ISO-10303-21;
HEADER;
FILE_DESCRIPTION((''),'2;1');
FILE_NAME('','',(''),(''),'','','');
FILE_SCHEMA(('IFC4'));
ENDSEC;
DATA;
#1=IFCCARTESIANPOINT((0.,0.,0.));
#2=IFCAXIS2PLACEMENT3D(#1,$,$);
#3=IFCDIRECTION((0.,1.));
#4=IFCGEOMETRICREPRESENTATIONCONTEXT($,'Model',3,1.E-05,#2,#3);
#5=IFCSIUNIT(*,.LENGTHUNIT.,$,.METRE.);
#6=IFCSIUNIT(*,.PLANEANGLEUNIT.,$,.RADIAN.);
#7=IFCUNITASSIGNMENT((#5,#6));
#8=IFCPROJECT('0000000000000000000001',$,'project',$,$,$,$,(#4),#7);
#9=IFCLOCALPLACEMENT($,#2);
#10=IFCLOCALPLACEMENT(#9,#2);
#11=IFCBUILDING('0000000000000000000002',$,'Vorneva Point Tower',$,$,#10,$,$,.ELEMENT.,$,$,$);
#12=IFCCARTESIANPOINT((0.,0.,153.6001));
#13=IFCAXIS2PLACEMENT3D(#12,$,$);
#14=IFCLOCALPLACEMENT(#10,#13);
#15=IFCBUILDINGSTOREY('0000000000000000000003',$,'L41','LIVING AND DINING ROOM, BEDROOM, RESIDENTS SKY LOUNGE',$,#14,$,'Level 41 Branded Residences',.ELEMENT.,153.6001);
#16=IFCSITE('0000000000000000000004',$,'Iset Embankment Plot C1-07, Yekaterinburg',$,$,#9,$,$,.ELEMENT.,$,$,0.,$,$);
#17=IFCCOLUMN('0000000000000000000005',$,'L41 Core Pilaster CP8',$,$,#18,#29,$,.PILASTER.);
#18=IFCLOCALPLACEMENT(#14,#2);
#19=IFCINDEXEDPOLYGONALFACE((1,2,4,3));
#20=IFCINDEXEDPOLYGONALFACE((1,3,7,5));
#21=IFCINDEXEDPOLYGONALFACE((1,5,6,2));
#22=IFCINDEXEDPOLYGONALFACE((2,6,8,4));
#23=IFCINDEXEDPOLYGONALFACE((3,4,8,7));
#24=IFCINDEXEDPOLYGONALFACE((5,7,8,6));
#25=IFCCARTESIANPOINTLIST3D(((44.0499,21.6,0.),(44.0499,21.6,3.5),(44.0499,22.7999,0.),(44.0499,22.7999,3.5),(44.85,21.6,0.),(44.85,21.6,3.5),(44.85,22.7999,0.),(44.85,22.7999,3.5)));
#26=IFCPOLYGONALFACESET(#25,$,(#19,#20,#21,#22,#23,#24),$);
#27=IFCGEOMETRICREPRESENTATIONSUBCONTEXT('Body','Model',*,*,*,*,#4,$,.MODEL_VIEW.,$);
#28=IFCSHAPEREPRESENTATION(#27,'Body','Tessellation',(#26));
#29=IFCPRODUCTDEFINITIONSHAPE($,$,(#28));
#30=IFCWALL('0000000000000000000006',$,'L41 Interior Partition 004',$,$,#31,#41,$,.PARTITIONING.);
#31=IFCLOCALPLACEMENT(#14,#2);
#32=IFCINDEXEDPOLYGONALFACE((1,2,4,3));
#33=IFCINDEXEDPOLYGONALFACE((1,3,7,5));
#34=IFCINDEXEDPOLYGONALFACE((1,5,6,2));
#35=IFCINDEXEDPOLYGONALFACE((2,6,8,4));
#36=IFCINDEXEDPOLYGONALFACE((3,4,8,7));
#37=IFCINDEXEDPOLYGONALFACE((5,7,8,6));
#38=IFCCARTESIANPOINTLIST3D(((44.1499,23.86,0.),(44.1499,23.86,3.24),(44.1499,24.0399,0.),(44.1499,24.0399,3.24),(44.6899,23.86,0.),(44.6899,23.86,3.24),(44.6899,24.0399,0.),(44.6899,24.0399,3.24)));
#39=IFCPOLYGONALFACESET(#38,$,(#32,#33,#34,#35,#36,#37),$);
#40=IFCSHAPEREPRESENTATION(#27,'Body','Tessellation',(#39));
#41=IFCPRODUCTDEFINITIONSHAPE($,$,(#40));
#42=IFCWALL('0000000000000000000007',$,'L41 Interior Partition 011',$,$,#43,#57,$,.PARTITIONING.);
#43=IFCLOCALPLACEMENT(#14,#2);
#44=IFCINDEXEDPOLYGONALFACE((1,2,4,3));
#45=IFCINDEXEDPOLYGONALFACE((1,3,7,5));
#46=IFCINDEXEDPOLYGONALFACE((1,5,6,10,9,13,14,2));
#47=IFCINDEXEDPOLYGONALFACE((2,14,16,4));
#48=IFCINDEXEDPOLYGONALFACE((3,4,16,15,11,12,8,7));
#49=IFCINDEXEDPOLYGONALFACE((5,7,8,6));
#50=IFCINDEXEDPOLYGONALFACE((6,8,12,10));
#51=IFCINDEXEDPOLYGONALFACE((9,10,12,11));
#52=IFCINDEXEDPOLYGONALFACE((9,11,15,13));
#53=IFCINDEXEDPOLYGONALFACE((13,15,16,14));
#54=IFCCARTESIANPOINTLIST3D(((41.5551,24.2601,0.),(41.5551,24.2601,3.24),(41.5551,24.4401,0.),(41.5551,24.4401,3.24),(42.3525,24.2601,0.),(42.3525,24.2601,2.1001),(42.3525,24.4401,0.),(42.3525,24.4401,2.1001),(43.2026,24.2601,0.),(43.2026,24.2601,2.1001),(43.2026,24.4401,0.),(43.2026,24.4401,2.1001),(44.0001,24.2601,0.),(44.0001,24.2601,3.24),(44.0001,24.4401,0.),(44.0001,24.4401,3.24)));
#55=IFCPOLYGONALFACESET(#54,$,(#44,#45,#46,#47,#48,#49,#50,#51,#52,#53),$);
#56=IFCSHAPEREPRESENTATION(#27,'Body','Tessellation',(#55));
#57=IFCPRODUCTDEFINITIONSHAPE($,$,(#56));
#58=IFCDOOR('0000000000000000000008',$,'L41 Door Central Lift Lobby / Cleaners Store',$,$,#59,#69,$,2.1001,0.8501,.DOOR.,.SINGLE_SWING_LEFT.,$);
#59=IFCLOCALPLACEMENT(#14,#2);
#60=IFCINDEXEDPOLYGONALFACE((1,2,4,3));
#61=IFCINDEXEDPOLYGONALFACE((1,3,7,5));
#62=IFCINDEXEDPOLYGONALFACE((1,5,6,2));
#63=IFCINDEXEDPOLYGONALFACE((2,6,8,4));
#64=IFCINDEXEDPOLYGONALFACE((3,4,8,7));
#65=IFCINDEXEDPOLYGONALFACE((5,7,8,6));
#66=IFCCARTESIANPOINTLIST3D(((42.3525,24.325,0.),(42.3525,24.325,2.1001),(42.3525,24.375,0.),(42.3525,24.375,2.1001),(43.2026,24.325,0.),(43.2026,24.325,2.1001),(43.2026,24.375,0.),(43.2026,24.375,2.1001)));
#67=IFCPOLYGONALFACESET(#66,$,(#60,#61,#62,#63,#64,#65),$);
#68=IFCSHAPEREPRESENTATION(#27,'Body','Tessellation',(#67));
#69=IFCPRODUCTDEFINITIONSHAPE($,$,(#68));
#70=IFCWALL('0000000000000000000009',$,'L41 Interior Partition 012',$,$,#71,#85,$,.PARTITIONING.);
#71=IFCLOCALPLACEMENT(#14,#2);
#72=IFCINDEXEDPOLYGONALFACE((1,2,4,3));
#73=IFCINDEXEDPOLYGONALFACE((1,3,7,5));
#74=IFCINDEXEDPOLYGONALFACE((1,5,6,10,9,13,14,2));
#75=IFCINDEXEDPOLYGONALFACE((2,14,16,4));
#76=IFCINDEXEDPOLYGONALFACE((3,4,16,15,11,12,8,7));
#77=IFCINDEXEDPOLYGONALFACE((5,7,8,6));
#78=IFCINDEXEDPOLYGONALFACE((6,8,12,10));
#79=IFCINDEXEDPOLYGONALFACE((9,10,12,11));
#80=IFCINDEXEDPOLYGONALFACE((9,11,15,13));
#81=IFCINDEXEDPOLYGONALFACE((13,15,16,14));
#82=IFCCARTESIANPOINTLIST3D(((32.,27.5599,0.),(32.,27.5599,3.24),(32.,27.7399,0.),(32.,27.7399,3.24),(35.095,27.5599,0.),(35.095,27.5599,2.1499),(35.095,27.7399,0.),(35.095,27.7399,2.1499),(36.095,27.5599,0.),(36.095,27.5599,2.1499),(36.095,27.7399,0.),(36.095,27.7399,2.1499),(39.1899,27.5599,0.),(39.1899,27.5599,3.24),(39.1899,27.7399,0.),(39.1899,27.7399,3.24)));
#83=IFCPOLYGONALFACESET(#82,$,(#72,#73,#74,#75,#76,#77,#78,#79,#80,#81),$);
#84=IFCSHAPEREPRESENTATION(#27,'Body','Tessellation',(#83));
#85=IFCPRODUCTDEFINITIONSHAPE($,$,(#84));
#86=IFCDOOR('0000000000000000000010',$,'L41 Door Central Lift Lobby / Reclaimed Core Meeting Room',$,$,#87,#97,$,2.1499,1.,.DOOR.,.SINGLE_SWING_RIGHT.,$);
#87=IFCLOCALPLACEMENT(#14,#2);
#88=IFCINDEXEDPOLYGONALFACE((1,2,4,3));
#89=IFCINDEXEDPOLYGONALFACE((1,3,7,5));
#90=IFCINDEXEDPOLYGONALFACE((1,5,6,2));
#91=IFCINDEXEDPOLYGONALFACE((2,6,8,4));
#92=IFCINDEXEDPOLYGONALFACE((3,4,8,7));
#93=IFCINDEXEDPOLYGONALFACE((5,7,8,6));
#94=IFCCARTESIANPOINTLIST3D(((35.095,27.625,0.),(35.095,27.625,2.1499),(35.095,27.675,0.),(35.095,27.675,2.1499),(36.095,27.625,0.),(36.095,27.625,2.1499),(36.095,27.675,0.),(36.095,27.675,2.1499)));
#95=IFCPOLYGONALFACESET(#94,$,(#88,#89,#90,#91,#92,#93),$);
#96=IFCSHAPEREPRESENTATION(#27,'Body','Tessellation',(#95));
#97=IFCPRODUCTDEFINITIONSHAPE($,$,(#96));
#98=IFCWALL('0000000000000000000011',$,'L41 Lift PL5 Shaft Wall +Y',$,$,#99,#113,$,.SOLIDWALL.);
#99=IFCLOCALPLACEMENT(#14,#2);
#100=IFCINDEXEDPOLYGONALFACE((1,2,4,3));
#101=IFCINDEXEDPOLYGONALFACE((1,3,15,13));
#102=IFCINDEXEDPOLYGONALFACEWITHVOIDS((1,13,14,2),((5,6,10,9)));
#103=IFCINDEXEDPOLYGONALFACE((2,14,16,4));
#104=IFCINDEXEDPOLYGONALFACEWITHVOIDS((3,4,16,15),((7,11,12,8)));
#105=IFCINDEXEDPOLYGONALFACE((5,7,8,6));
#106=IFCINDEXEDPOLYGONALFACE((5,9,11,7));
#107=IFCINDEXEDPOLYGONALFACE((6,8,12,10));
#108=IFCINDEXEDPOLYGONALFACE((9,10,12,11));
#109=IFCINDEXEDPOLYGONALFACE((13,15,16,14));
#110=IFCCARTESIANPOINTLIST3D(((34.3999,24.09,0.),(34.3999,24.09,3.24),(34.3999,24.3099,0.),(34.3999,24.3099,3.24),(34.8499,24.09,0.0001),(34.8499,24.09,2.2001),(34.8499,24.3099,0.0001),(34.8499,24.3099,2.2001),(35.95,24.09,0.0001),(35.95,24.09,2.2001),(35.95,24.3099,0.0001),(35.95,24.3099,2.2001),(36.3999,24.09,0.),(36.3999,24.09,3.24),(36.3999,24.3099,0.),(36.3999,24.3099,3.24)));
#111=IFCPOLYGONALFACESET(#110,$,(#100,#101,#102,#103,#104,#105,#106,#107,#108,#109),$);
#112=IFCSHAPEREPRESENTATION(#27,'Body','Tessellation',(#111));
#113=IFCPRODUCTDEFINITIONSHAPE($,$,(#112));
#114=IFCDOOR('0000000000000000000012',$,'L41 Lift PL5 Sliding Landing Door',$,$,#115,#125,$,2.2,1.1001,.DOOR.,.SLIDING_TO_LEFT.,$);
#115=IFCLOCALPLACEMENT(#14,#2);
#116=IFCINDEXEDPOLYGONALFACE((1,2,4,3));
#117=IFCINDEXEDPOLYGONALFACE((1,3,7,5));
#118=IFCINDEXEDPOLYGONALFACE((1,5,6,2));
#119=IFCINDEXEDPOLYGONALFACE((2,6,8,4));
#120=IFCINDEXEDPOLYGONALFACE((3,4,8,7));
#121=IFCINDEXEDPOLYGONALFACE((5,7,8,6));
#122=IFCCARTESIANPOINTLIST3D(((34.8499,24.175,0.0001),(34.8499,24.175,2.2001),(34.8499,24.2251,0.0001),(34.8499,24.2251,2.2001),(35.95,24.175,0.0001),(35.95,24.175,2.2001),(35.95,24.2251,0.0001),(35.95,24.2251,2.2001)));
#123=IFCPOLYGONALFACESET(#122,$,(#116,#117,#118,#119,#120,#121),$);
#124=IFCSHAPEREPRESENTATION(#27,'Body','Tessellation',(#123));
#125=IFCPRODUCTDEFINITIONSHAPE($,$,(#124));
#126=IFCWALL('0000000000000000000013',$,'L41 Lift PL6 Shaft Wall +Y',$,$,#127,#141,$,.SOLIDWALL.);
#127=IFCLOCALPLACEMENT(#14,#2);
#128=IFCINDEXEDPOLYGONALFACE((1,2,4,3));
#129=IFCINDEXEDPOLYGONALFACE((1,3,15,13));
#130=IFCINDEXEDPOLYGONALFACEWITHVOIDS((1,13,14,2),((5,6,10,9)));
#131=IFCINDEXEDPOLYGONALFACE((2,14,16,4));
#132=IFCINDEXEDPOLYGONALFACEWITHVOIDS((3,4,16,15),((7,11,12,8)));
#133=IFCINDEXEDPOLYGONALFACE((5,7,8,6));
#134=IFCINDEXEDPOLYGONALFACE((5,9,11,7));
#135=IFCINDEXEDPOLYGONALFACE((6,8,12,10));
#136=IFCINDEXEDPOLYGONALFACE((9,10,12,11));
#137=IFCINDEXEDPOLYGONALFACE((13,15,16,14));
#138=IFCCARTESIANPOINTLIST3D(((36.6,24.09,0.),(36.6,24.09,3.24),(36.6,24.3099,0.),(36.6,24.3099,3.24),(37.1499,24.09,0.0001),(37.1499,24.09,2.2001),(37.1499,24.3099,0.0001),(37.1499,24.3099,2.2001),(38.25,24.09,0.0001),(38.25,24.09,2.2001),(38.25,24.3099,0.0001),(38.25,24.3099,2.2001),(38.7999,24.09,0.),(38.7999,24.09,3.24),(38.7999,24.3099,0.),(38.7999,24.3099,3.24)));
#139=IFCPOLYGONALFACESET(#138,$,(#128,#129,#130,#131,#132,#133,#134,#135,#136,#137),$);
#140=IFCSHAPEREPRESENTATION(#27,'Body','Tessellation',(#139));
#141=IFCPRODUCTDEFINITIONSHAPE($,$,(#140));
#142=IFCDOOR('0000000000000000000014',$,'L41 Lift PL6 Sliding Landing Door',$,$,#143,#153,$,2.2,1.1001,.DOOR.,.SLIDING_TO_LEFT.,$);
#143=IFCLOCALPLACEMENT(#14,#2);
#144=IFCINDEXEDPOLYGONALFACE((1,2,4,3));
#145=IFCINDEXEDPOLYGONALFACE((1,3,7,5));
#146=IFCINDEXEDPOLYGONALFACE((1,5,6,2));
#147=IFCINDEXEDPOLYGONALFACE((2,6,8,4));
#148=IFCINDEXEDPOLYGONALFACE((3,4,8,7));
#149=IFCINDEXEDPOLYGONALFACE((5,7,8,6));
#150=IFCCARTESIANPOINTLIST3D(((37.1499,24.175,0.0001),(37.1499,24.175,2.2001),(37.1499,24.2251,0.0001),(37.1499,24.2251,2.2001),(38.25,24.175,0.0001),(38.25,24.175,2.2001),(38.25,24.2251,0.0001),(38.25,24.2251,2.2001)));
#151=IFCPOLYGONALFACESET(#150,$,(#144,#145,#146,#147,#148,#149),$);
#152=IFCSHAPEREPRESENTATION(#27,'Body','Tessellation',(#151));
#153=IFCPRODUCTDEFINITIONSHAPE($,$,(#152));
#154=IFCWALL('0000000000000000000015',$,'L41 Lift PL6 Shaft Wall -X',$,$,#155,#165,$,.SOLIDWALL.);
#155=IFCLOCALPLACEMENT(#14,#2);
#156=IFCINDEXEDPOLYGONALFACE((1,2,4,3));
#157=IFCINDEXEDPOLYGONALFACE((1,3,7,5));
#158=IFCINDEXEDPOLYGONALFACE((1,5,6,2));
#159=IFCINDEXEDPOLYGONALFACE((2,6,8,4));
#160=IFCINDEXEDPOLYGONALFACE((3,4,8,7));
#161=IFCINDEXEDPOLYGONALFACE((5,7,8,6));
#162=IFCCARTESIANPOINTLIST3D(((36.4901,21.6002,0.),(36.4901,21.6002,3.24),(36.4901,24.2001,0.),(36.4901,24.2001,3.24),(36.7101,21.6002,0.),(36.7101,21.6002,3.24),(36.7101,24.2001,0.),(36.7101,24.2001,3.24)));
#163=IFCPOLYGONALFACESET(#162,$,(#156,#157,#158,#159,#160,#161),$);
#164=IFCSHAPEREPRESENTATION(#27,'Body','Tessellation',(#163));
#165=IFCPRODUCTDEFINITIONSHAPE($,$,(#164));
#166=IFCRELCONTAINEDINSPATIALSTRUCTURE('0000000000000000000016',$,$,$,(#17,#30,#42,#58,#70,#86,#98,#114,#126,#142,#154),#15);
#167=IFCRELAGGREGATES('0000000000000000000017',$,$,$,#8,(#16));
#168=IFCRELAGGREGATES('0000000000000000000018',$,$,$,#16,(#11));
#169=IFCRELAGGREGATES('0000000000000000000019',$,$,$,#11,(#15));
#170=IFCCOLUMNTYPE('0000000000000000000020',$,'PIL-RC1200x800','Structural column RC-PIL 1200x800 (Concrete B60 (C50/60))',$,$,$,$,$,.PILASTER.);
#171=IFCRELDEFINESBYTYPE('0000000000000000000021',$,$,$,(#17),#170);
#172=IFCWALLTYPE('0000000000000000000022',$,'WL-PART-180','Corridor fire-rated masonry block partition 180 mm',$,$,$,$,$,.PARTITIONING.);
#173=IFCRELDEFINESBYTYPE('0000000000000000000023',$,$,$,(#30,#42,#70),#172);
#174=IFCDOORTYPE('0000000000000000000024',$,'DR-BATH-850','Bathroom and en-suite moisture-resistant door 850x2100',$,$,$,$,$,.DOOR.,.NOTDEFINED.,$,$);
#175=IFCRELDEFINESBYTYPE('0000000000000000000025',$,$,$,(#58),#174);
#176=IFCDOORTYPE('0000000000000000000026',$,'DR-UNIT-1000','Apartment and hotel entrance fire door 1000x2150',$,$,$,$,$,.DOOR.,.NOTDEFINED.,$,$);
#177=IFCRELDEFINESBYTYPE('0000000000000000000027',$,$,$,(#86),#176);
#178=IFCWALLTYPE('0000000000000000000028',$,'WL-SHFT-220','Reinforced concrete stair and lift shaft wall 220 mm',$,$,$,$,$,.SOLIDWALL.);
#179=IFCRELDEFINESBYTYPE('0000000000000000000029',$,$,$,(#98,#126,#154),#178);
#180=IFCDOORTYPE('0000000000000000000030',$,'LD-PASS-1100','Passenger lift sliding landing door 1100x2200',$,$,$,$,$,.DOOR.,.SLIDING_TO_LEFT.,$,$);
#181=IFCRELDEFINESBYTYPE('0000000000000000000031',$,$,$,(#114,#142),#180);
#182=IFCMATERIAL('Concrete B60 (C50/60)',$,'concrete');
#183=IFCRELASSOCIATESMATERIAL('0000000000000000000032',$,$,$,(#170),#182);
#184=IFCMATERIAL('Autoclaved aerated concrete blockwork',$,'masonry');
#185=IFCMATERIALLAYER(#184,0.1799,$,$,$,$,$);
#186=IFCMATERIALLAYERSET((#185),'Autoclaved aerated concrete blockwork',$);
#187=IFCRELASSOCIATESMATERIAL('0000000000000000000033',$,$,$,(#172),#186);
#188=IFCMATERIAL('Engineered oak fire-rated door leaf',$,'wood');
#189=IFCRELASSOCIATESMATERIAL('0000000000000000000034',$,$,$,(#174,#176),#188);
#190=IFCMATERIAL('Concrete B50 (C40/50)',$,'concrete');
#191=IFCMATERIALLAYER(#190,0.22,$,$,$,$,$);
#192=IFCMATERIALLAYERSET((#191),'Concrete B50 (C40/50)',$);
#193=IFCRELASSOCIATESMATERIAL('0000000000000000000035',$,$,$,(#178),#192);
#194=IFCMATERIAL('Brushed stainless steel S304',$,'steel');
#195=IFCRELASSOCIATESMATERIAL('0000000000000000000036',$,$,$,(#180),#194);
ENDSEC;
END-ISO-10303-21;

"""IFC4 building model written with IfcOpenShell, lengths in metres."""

from ifc_helpers import new_model, si_unit, direction, frame, frame_2d, origin, origin_2d, place, context, subcontext, project, spatial, rectangle, extrude, material, layer, layer_set, material_profile, profile_set, type_object, element, fill, save


model = new_model("IFC4")

# Units and contexts
model_context = context("Model", 3, precision=1e-05, world=origin(), true_north=direction((0.0, 1.0)))
body_context = subcontext(model_context, "Body", "Model", "MODEL_VIEW")
ifc_project = project(units=[si_unit("LENGTHUNIT", "METRE"), si_unit("PLANEANGLEUNIT", "RADIAN")], contexts=[model_context])

# Site, building, storey
site_placement = place(None, origin())
site = spatial("IfcSite", under=ifc_project, at=site_placement, Name="Iset Embankment Plot C1-07, Yekaterinburg", CompositionType="ELEMENT", RefElevation=0.0)
building_placement = place(site_placement, origin())
building = spatial("IfcBuilding", under=site, at=building_placement, Name="Vorneva Point Tower", CompositionType="ELEMENT")
storey_placement = place(building_placement, frame((0.0, 0.0, 153.6001)))
storey = spatial("IfcBuildingStorey", under=building, at=storey_placement, Name="L41", Description="LIVING AND DINING ROOM, BEDROOM, RESIDENTS SKY LOUNGE", LongName="Level 41 Branded Residences", CompositionType="ELEMENT", Elevation=153.6001)

# Column
ifc_material_1 = material(Name="Concrete B60 (C50/60)", Category="concrete")
ifc_material_profile = material_profile(ifc_material_1, rectangle(XDim=0.8, YDim=1.2, at=origin_2d()), Name="RC-PIL 1200x800")
ifc_profile_set = profile_set([ifc_material_profile], Name="Concrete B60 (C50/60)")
column_type = type_object("IfcColumnType", Name="PIL-RC1200x800", Description="Structural column RC-PIL 1200x800 (Concrete B60 (C50/60))", PredefinedType="PILASTER", material=ifc_profile_set)
column_placement = place(storey_placement, frame((44.45, 22.2, 0.0), z_axis=(0.0, 0.0, 1.0), x_axis=(1.0, 0.0, 0.0)))
element("IfcColumn", 1, at=column_placement, inside=storey, type_object=column_type, Name="L41 Core Pilaster CP8", PredefinedType="PILASTER", context=body_context, shape_type="SweptSolid", body=[
    extrude(rectangle(XDim=0.8, YDim=1.2, at=origin_2d()), origin(), (0.0, 0.0, 1.0), 3.5),
])

# Wall
ifc_material_2 = material(Name="Autoclaved aerated concrete blockwork", Category="masonry")
ifc_layer_1 = layer(ifc_material_2, 0.1799)
ifc_layer_set_1 = layer_set([ifc_layer_1], Name="Autoclaved aerated concrete blockwork")
wall_type_1 = type_object("IfcWallType", Name="WL-PART-180", Description="Corridor fire-rated masonry block partition 180 mm", PredefinedType="PARTITIONING", material=ifc_layer_set_1)
wall_1_placement = place(storey_placement, frame((44.1499, 23.95, 0.0), z_axis=(0.0, 0.0, 1.0), x_axis=(1.0, 0.0, 0.0)))
element("IfcWall", 2, at=wall_1_placement, inside=storey, type_object=wall_type_1, Name="L41 Interior Partition 004", PredefinedType="PARTITIONING", context=body_context, shape_type="SweptSolid", body=[
    extrude(rectangle(XDim=0.54, YDim=0.1799, at=frame_2d((0.27, 0.0))), origin(), (0.0, 0.0, 1.0), 3.24),
])

# Walls, openings, doors
wall_2_placement = place(storey_placement, frame((41.5549, 24.3501, 0.0), z_axis=(0.0, 0.0, 1.0), x_axis=(1.0, 0.0, 0.0)))
wall_2 = element("IfcWall", 3, at=wall_2_placement, inside=storey, type_object=wall_type_1, Name="L41 Interior Partition 011", PredefinedType="PARTITIONING", context=body_context, shape_type="SweptSolid", body=[
    extrude(rectangle(XDim=2.4451, YDim=0.1799, at=frame_2d((1.2227, 0.0))), origin(), (0.0, 0.0, 1.0), 3.24),
])
opening_1_placement = place(wall_2_placement, frame((0.7976, 0.0, 0.0)))
opening_1 = element("IfcOpeningElement", 4, at=opening_1_placement, cuts=wall_2, PredefinedType="OPENING", context=body_context, shape_type="SweptSolid", body=[
    extrude(rectangle(XDim=0.8501, YDim=2.1001, at=frame_2d((0.425, 1.05))), frame((0.0, 0.105, 0.0), z_axis=(0.0, -1.0, 0.0), x_axis=(1.0, 0.0, 0.0)), (0.0, 0.0, 1.0), 0.2097),
])
ifc_material_3 = material(Name="Engineered oak fire-rated door leaf", Category="wood")
door_type_1 = type_object("IfcDoorType", Name="DR-BATH-850", Description="Bathroom and en-suite moisture-resistant door 850x2100", OperationType="NOTDEFINED", PredefinedType="DOOR", material=ifc_material_3)
door_1_placement = place(opening_1_placement, origin())
door_1 = element("IfcDoor", 5, at=door_1_placement, inside=storey, type_object=door_type_1, Name="L41 Door Central Lift Lobby / Cleaners Store", OperationType="SINGLE_SWING_LEFT", OverallHeight=2.1001, OverallWidth=0.8501, PredefinedType="DOOR", context=body_context, shape_type="SweptSolid", body=[
    extrude(rectangle(XDim=0.8501, YDim=2.1001, at=frame_2d((0.425, 1.05))), frame((0.0, 0.0249, 0.0), z_axis=(0.0, -1.0, 0.0), x_axis=(1.0, 0.0, 0.0)), (0.0, 0.0, 1.0), 0.05),
])
fill(opening_1, door_1)
wall_3_placement = place(storey_placement, frame((39.1899, 27.6499, 0.0), z_axis=(0.0, 0.0, 1.0), x_axis=(-1.0, 0.0, 0.0)))
wall_3 = element("IfcWall", 6, at=wall_3_placement, inside=storey, type_object=wall_type_1, Name="L41 Interior Partition 012", PredefinedType="PARTITIONING", context=body_context, shape_type="SweptSolid", body=[
    extrude(rectangle(XDim=7.1899, YDim=0.1799, at=frame_2d((3.595, 0.0))), origin(), (0.0, 0.0, 1.0), 3.24),
])
opening_2_placement = place(wall_3_placement, frame((3.095, 0.0, 0.0)))
opening_2 = element("IfcOpeningElement", 7, at=opening_2_placement, cuts=wall_3, PredefinedType="OPENING", context=body_context, shape_type="SweptSolid", body=[
    extrude(rectangle(XDim=1.0, YDim=2.1499, at=frame_2d((0.5, 1.075))), frame((0.0, 0.105, 0.0), z_axis=(0.0, -1.0, 0.0), x_axis=(1.0, 0.0, 0.0)), (0.0, 0.0, 1.0), 0.2097),
])
door_type_2 = type_object("IfcDoorType", Name="DR-UNIT-1000", Description="Apartment and hotel entrance fire door 1000x2150", OperationType="NOTDEFINED", PredefinedType="DOOR", material=ifc_material_3)
door_2_placement = place(opening_2_placement, origin())
door_2 = element("IfcDoor", 8, at=door_2_placement, inside=storey, type_object=door_type_2, Name="L41 Door Central Lift Lobby / Reclaimed Core Meeting Room", OperationType="SINGLE_SWING_RIGHT", OverallHeight=2.1499, OverallWidth=1.0, PredefinedType="DOOR", context=body_context, shape_type="SweptSolid", body=[
    extrude(rectangle(XDim=1.0, YDim=2.1499, at=frame_2d((0.5, 1.075))), frame((0.0, 0.0249, 0.0), z_axis=(0.0, -1.0, 0.0), x_axis=(1.0, 0.0, 0.0)), (0.0, 0.0, 1.0), 0.05),
])
fill(opening_2, door_2)
ifc_material_4 = material(Name="Concrete B50 (C40/50)", Category="concrete")
ifc_layer_2 = layer(ifc_material_4, 0.22)
ifc_layer_set_2 = layer_set([ifc_layer_2], Name="Concrete B50 (C40/50)")
wall_type_2 = type_object("IfcWallType", Name="WL-SHFT-220", Description="Reinforced concrete stair and lift shaft wall 220 mm", PredefinedType="SOLIDWALL", material=ifc_layer_set_2)
wall_4_placement = place(storey_placement, frame((36.3999, 24.2, 0.0), z_axis=(0.0, 0.0, 1.0), x_axis=(-1.0, 0.0, 0.0)))
wall_4 = element("IfcWall", 9, at=wall_4_placement, inside=storey, type_object=wall_type_2, Name="L41 Lift PL5 Shaft Wall +Y", PredefinedType="SOLIDWALL", context=body_context, shape_type="SweptSolid", body=[
    extrude(rectangle(XDim=2.0, YDim=0.22, at=frame_2d((1.0, 0.0))), origin(), (0.0, 0.0, 1.0), 3.24),
])
opening_3_placement = place(wall_4_placement, frame((0.45, 0.0, 0.0)))
opening_3 = element("IfcOpeningElement", 10, at=opening_3_placement, cuts=wall_4, PredefinedType="OPENING", context=body_context, shape_type="SweptSolid", body=[
    extrude(rectangle(XDim=1.1001, YDim=2.2, at=frame_2d((0.55, 1.1001))), frame((0.0, 0.125, 0.0), z_axis=(0.0, -1.0, 0.0), x_axis=(1.0, 0.0, 0.0)), (0.0, 0.0, 1.0), 0.2498),
])
ifc_material_5 = material(Name="Brushed stainless steel S304", Category="steel")
door_type_3 = type_object("IfcDoorType", Name="LD-PASS-1100", Description="Passenger lift sliding landing door 1100x2200", OperationType="SLIDING_TO_LEFT", PredefinedType="DOOR", material=ifc_material_5)
door_3_placement = place(opening_3_placement, origin())
door_3 = element("IfcDoor", 11, at=door_3_placement, inside=storey, type_object=door_type_3, Name="L41 Lift PL5 Sliding Landing Door", OperationType="SLIDING_TO_LEFT", OverallHeight=2.2, OverallWidth=1.1001, PredefinedType="DOOR", context=body_context, shape_type="SweptSolid", body=[
    extrude(rectangle(XDim=1.1001, YDim=2.2, at=frame_2d((0.55, 1.1001))), frame((0.0, 0.0249, 0.0), z_axis=(0.0, -1.0, 0.0), x_axis=(1.0, 0.0, 0.0)), (0.0, 0.0, 1.0), 0.05),
])
fill(opening_3, door_3)
wall_5_placement = place(storey_placement, frame((38.8, 24.2, 0.0), z_axis=(0.0, 0.0, 1.0), x_axis=(-1.0, 0.0, 0.0)))
wall_5 = element("IfcWall", 12, at=wall_5_placement, inside=storey, type_object=wall_type_2, Name="L41 Lift PL6 Shaft Wall +Y", PredefinedType="SOLIDWALL", context=body_context, shape_type="SweptSolid", body=[
    extrude(rectangle(XDim=2.2, YDim=0.22, at=frame_2d((1.1001, 0.0))), origin(), (0.0, 0.0, 1.0), 3.24),
])
opening_4_placement = place(wall_5_placement, frame((0.55, 0.0, 0.0)))
opening_4 = element("IfcOpeningElement", 13, at=opening_4_placement, cuts=wall_5, PredefinedType="OPENING", context=body_context, shape_type="SweptSolid", body=[
    extrude(rectangle(XDim=1.1001, YDim=2.2, at=frame_2d((0.55, 1.1001))), frame((0.0, 0.125, 0.0), z_axis=(0.0, -1.0, 0.0), x_axis=(1.0, 0.0, 0.0)), (0.0, 0.0, 1.0), 0.2498),
])
door_4_placement = place(opening_4_placement, origin())
door_4 = element("IfcDoor", 14, at=door_4_placement, inside=storey, type_object=door_type_3, Name="L41 Lift PL6 Sliding Landing Door", OperationType="SLIDING_TO_LEFT", OverallHeight=2.2, OverallWidth=1.1001, PredefinedType="DOOR", context=body_context, shape_type="SweptSolid", body=[
    extrude(rectangle(XDim=1.1001, YDim=2.2, at=frame_2d((0.55, 1.1001))), frame((0.0, 0.0249, 0.0), z_axis=(0.0, -1.0, 0.0), x_axis=(1.0, 0.0, 0.0)), (0.0, 0.0, 1.0), 0.05),
])
fill(opening_4, door_4)

# Wall
wall_6_placement = place(storey_placement, frame((36.6001, 24.2, 0.0), z_axis=(0.0, 0.0, 1.0), x_axis=(0.0, -1.0, 0.0)))
element("IfcWall", 15, at=wall_6_placement, inside=storey, type_object=wall_type_2, Name="L41 Lift PL6 Shaft Wall -X", PredefinedType="SOLIDWALL", context=body_context, shape_type="SweptSolid", body=[
    extrude(rectangle(XDim=2.5999, YDim=0.22, at=frame_2d((1.2998, 0.0))), origin(), (0.0, 0.0, 1.0), 3.24),
])

save(model, "model.ifc")
